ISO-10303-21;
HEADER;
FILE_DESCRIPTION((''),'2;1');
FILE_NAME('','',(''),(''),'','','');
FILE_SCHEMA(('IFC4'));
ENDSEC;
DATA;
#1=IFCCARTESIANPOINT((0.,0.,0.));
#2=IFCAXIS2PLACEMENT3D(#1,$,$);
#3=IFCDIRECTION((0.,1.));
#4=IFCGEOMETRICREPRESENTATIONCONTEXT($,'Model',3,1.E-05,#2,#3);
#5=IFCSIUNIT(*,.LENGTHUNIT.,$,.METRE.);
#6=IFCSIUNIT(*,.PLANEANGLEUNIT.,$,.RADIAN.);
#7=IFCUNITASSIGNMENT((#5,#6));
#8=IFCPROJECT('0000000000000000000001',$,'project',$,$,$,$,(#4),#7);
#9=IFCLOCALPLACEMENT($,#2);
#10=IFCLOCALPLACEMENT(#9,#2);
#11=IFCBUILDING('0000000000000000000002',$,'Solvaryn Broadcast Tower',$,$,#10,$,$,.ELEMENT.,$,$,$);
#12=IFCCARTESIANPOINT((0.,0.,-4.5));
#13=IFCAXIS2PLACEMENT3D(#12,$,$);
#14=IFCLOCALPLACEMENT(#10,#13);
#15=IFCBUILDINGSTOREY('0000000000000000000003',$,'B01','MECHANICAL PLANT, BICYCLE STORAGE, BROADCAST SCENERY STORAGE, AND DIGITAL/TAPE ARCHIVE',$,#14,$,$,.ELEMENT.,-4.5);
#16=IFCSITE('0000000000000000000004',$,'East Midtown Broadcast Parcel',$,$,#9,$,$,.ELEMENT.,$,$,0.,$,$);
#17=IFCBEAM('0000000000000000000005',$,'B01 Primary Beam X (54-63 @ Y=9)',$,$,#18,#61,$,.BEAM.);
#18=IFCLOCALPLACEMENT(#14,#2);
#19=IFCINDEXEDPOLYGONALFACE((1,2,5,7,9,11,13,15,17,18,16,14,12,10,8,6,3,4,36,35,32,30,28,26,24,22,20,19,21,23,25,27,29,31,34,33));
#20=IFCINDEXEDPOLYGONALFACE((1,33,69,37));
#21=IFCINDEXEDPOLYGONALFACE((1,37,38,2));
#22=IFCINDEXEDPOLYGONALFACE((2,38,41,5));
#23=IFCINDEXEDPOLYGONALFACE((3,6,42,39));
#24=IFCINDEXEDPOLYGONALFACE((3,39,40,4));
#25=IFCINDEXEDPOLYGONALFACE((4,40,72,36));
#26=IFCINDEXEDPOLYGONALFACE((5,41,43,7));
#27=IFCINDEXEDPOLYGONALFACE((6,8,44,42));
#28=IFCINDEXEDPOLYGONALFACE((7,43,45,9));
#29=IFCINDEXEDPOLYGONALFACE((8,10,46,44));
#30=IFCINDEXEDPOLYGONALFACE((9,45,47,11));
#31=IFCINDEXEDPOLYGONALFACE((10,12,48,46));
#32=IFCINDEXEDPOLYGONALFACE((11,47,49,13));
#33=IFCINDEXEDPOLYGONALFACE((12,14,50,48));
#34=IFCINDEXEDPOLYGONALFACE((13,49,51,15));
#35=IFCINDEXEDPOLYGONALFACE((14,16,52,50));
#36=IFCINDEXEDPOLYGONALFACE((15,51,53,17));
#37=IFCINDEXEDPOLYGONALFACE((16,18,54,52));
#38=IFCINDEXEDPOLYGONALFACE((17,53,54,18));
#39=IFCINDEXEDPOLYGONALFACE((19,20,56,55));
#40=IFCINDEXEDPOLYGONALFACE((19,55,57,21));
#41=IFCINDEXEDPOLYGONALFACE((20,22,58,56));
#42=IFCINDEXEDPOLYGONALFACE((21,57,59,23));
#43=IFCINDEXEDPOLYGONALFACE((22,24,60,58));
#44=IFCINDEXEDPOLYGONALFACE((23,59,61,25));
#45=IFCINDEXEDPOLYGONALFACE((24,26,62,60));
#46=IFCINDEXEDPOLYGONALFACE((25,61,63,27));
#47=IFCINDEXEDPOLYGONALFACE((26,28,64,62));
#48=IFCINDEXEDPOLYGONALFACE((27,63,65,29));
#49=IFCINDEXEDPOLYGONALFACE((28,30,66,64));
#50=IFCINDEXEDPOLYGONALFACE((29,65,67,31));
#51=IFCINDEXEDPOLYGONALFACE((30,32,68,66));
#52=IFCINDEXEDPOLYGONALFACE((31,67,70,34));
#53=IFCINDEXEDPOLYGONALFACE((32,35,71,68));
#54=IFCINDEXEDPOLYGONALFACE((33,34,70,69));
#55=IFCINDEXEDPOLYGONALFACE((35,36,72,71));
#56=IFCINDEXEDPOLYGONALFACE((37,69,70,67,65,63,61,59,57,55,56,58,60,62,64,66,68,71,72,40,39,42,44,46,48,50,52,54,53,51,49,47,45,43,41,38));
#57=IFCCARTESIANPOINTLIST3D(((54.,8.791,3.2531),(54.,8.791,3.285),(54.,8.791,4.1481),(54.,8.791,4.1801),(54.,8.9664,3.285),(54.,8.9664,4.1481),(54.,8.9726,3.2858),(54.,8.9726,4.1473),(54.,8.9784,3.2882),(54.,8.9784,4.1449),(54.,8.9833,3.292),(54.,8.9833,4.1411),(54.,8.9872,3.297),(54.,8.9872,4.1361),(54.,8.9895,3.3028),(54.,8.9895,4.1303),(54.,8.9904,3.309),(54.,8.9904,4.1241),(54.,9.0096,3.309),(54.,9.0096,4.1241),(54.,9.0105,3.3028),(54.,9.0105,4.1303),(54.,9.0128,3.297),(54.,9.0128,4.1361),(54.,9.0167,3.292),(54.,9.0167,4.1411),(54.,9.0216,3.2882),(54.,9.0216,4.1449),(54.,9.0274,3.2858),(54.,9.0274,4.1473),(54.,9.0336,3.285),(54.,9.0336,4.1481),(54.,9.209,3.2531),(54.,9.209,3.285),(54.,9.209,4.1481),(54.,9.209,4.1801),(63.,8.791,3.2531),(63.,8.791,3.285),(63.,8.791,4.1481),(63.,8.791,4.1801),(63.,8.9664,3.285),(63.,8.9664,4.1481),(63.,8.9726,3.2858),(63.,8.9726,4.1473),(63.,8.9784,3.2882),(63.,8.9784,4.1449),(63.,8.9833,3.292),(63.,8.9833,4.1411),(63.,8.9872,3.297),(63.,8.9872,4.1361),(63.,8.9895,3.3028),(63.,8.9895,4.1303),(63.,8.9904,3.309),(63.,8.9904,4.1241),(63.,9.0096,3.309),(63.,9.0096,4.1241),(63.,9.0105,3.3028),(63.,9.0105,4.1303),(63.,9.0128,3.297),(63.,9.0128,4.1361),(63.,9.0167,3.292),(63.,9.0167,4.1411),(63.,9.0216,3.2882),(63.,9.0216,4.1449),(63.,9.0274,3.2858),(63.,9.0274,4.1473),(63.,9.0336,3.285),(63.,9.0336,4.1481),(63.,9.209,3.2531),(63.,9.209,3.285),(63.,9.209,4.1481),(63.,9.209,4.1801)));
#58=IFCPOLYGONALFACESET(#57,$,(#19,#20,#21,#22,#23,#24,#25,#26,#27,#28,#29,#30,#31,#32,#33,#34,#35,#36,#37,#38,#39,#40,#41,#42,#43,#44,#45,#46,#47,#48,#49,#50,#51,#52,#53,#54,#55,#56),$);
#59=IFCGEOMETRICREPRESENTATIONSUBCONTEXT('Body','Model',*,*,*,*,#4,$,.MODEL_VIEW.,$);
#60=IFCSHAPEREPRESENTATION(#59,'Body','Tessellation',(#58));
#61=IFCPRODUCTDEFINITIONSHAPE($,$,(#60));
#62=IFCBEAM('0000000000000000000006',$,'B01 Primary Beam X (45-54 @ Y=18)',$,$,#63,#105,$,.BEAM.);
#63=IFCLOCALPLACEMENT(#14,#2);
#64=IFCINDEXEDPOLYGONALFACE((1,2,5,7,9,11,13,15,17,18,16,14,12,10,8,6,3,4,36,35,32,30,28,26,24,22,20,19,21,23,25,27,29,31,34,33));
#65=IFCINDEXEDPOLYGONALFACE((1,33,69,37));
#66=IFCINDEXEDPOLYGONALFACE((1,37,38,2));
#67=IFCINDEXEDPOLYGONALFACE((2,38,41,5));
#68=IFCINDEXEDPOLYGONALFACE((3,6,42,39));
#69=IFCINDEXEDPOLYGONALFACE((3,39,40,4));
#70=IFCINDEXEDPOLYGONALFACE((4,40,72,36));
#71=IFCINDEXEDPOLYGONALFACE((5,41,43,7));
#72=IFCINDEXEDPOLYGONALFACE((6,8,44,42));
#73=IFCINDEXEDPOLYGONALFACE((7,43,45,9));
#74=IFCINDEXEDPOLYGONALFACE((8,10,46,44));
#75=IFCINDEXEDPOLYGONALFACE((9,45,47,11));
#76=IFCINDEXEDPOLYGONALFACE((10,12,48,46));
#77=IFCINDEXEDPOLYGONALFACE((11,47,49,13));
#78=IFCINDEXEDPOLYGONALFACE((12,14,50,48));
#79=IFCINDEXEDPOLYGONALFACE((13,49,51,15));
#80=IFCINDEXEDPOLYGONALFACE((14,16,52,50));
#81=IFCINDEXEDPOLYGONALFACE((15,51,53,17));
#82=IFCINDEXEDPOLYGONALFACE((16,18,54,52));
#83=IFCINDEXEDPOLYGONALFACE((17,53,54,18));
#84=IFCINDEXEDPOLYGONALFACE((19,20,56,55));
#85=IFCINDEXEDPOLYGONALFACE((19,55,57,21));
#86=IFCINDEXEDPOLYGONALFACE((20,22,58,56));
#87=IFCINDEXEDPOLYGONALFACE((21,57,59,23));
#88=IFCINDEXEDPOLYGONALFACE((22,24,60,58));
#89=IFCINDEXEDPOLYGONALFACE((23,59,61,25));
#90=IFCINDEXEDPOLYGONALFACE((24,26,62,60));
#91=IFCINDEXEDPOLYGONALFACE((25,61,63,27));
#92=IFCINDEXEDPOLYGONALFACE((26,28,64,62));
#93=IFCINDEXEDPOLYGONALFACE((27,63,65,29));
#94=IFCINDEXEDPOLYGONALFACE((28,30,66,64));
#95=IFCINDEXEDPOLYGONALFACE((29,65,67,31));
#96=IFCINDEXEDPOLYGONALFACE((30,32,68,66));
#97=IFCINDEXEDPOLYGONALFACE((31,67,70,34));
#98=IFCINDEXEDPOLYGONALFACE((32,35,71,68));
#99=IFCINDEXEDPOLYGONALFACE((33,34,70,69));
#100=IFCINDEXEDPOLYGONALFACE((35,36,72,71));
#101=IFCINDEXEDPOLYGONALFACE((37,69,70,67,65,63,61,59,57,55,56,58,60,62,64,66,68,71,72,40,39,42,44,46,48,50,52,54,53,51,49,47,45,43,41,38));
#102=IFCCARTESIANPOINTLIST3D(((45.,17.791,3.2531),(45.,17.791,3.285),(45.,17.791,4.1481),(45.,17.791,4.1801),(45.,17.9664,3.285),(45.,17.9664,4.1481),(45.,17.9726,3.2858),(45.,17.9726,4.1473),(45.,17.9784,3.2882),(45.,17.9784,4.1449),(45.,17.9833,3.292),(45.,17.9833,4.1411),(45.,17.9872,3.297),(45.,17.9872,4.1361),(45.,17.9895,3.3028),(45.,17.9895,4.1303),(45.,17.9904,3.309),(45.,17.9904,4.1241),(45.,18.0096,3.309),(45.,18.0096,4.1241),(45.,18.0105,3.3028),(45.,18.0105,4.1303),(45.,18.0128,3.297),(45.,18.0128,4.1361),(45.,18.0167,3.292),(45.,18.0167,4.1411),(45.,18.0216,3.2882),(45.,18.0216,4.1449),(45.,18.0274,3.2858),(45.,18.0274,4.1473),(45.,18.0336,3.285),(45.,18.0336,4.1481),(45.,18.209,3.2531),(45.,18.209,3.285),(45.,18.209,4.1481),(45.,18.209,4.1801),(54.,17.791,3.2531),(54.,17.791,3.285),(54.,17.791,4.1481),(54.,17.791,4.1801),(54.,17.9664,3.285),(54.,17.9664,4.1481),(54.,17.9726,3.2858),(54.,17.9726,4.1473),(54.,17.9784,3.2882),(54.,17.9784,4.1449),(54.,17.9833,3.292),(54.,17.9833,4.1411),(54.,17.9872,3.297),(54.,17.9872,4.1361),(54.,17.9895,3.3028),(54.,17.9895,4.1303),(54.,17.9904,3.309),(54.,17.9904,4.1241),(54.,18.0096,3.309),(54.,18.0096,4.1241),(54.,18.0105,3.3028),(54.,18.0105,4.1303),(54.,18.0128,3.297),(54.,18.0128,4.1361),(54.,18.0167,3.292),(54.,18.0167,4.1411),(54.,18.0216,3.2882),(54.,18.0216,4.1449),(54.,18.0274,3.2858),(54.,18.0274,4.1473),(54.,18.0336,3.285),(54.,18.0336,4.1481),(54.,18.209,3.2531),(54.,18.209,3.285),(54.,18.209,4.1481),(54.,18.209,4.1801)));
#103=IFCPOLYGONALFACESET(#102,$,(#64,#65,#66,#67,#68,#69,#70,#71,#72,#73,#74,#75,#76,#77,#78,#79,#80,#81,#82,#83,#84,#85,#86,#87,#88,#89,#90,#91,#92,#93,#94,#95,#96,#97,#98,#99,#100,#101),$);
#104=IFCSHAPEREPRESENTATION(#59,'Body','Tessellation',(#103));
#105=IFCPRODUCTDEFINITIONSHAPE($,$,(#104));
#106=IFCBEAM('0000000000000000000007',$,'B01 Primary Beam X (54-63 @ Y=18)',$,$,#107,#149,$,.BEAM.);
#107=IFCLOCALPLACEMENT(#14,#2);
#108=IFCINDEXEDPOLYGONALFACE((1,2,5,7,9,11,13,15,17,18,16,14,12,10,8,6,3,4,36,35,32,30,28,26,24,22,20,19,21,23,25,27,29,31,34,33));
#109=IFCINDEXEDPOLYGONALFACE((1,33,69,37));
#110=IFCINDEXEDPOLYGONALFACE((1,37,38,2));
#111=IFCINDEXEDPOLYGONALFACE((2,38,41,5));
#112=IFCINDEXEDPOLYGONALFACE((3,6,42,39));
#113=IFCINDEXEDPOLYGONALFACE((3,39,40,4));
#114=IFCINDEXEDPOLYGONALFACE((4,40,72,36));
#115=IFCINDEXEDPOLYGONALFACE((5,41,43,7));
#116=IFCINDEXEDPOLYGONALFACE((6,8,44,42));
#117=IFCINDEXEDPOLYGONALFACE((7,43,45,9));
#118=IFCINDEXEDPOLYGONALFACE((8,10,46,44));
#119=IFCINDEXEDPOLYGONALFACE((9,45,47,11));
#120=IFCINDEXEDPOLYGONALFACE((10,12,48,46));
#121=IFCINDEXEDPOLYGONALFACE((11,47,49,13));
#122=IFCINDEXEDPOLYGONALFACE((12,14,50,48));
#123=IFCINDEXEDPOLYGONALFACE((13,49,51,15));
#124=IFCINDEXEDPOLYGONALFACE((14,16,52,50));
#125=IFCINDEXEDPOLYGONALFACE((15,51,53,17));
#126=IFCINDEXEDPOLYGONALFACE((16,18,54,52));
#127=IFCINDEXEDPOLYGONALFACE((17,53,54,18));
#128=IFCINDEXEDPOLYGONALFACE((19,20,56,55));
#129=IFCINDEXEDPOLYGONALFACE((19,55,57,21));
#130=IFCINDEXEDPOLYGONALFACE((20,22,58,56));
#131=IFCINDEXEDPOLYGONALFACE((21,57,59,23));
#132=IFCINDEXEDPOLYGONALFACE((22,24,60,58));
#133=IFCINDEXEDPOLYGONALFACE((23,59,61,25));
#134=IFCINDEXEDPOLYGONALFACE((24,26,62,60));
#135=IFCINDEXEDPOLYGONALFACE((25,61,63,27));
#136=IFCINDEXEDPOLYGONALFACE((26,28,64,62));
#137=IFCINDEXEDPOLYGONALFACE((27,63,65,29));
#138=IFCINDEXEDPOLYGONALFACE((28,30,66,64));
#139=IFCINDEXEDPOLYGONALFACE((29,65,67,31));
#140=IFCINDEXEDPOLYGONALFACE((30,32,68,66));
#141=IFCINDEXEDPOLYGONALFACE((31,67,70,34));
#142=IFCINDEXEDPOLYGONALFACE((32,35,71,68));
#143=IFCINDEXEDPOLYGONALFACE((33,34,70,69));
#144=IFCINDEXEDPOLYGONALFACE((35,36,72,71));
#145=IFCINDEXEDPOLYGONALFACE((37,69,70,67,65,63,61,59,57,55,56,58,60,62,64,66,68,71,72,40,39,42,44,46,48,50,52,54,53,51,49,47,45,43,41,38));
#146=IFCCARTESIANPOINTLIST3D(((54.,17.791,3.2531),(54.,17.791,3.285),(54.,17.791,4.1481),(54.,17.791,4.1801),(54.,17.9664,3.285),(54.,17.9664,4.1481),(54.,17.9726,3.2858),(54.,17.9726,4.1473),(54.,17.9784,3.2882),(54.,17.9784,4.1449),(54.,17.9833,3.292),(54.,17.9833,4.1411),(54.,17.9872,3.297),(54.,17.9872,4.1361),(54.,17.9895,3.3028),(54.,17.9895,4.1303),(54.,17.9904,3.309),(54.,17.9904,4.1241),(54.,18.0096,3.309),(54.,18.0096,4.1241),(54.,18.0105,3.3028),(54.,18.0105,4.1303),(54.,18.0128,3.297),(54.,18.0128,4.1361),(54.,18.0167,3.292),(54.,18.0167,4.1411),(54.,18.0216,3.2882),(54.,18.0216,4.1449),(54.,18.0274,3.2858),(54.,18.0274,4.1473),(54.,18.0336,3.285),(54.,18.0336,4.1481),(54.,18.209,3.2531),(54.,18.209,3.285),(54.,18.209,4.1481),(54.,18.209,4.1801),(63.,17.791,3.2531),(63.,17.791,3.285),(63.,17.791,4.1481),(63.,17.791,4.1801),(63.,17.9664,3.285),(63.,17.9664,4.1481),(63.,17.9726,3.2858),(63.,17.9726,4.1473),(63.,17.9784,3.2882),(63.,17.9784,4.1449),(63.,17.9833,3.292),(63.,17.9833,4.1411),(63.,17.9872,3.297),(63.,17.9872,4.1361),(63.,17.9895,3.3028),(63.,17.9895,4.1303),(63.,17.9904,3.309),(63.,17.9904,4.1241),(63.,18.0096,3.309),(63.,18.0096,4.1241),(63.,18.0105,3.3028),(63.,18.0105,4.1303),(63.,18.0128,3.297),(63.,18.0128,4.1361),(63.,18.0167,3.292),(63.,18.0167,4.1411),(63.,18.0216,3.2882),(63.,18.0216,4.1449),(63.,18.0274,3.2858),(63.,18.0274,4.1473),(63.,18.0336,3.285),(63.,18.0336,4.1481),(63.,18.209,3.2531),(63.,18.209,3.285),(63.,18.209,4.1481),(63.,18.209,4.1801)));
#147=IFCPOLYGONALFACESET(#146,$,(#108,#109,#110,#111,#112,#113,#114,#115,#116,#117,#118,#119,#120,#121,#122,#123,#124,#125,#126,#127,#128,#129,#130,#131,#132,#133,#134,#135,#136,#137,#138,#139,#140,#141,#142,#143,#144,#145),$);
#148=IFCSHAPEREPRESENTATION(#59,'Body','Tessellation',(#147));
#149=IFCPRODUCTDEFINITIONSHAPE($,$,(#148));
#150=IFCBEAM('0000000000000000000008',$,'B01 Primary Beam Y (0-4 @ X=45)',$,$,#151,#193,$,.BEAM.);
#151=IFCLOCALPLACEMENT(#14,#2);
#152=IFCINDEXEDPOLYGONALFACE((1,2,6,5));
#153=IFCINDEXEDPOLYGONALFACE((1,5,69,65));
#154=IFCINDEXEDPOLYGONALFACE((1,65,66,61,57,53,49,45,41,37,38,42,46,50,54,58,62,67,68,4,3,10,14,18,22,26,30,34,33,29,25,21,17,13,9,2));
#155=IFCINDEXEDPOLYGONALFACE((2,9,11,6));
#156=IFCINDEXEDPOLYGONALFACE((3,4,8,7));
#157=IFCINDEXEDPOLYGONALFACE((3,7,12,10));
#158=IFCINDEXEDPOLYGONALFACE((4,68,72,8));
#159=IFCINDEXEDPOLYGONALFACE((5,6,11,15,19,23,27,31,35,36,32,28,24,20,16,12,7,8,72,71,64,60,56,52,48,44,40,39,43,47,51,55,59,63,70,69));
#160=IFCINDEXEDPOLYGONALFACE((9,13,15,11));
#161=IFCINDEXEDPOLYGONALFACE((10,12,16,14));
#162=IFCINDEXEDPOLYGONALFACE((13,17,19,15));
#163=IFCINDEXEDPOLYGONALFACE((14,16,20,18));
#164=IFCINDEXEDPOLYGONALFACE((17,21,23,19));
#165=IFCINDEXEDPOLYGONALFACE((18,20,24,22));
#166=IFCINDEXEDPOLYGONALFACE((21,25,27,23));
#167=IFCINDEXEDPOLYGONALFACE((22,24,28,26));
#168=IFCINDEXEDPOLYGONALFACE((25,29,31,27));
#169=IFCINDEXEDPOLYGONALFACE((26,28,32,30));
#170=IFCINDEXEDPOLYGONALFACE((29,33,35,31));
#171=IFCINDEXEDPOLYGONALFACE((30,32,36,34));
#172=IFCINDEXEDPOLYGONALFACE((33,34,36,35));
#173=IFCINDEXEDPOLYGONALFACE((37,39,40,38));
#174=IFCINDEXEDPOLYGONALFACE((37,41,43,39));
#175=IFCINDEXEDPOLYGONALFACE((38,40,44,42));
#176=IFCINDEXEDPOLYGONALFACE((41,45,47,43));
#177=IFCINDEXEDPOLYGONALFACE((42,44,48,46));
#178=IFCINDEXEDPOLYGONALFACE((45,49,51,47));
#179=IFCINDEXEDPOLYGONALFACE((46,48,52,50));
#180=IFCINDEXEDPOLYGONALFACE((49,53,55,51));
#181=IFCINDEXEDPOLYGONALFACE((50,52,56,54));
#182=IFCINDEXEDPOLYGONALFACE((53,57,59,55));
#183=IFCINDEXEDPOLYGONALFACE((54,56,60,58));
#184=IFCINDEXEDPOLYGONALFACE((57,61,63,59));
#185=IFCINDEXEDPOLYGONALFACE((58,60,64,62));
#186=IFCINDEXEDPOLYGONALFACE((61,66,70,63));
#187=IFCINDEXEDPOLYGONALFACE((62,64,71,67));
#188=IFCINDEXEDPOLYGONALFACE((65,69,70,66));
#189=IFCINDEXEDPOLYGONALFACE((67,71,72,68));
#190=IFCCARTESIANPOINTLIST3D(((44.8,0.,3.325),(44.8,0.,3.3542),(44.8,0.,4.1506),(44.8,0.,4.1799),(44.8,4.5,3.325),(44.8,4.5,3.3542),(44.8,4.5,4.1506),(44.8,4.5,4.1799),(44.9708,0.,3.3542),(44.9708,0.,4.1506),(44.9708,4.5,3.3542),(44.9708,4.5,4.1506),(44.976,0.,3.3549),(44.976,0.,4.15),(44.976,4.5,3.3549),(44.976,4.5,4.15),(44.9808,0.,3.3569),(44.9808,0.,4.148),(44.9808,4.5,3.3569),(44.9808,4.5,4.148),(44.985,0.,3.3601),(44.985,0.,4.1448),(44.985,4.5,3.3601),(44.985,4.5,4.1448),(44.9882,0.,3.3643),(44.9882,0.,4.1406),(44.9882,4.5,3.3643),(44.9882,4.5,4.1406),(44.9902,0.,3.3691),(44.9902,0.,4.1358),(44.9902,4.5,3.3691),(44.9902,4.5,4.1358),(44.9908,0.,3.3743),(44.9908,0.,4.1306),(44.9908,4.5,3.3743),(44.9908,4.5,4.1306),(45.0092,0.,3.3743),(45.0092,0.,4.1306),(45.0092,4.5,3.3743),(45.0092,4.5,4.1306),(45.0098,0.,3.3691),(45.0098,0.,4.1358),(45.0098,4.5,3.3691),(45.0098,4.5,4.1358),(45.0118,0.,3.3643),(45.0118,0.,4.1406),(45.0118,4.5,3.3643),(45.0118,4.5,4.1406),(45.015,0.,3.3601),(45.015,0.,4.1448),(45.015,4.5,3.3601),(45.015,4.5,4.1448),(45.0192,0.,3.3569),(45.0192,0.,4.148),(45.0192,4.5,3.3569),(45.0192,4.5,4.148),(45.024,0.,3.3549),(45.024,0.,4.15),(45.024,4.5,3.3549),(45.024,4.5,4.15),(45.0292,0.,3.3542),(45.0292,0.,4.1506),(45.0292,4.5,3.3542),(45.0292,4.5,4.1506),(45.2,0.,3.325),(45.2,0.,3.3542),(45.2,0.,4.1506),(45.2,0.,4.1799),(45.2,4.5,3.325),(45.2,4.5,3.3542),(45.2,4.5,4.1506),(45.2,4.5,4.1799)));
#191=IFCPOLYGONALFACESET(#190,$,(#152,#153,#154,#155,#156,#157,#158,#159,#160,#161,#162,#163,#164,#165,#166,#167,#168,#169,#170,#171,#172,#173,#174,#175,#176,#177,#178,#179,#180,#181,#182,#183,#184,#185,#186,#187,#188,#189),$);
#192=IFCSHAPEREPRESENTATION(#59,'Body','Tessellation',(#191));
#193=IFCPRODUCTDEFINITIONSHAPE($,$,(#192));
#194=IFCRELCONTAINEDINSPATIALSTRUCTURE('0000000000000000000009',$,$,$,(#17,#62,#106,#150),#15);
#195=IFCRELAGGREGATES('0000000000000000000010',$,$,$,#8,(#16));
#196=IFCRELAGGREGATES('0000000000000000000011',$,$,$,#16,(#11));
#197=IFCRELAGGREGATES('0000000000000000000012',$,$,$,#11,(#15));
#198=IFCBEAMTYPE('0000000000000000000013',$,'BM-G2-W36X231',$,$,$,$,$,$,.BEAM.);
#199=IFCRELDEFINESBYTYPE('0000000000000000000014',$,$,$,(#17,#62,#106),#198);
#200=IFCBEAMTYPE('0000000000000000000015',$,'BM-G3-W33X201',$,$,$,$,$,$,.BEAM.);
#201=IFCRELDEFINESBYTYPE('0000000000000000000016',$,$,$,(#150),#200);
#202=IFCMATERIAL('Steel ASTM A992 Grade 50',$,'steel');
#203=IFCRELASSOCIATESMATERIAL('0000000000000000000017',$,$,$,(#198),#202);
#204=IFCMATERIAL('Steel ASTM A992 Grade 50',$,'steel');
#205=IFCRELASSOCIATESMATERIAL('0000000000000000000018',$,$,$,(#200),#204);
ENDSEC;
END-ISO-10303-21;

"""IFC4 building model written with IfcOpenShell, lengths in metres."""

from ifc_helpers import new_model, si_unit, direction, frame, origin, origin_2d, place, context, subcontext, project, spatial, i_section, extrude, material, material_profile, profile_set, type_object, element, save


model = new_model("IFC4")

# Units and contexts
model_context = context("Model", 3, precision=1e-05, world=origin(), true_north=direction((0.0, 1.0)))
body_context = subcontext(model_context, "Body", "Model", "MODEL_VIEW")
ifc_project = project(units=[si_unit("LENGTHUNIT", "METRE"), si_unit("PLANEANGLEUNIT", "RADIAN")], contexts=[model_context])

# Site, building, storey
site_placement = place(None, origin())
site = spatial("IfcSite", under=ifc_project, at=site_placement, Name="East Midtown Broadcast Parcel", CompositionType="ELEMENT", RefElevation=0.0)
building_placement = place(site_placement, origin())
building = spatial("IfcBuilding", under=site, at=building_placement, Name="Solvaryn Broadcast Tower", CompositionType="ELEMENT")
storey_placement = place(building_placement, frame((0.0, 0.0, -4.5)))
storey = spatial("IfcBuildingStorey", under=building, at=storey_placement, Name="B01", Description="MECHANICAL PLANT, BICYCLE STORAGE, BROADCAST SCENERY STORAGE, AND DIGITAL/TAPE ARCHIVE", CompositionType="ELEMENT", Elevation=-4.5)

# Beams
ifc_material_1 = material(Name="Steel ASTM A992 Grade 50", Category="steel")
ifc_material_profile_1 = material_profile(ifc_material_1, i_section(OverallWidth=0.418, OverallDepth=0.927, WebThickness=0.0193, FlangeThickness=0.032, FilletRadius=0.0239, at=origin_2d()))
ifc_profile_set_1 = profile_set([ifc_material_profile_1], Name="Steel ASTM A992 Grade 50")
beam_type_1 = type_object("IfcBeamType", Name="BM-G2-W36X231", PredefinedType="BEAM", material=ifc_profile_set_1)
for number, where, z_axis, x_axis, name in (
    (1, (54.0, 9.0, 3.7166), (1.0, 0.0, 0.0), (0.0, 1.0, 0.0), "B01 Primary Beam X (54-63 @ Y=9)"),
    (2, (45.0, 18.0, 3.7166), (1.0, 0.0, 0.0), (0.0, 1.0, 0.0), "B01 Primary Beam X (45-54 @ Y=18)"),
    (3, (54.0, 18.0, 3.7166), (1.0, 0.0, 0.0), (0.0, 1.0, 0.0), "B01 Primary Beam X (54-63 @ Y=18)"),
):
    element("IfcBeam", number, at=place(storey_placement, frame(where, z_axis=z_axis, x_axis=x_axis)), inside=storey, type_object=beam_type_1, Name=name, PredefinedType="BEAM", context=body_context, shape_type="SweptSolid", body=[
        extrude(i_section(OverallWidth=0.418, OverallDepth=0.927, WebThickness=0.0193, FlangeThickness=0.032, FilletRadius=0.0239, at=origin_2d()), origin(), (0.0, 0.0, 1.0), 9.0),
    ])
ifc_material_2 = material(Name="Steel ASTM A992 Grade 50", Category="steel")
ifc_material_profile_2 = material_profile(ifc_material_2, i_section(OverallWidth=0.3999, OverallDepth=0.855, WebThickness=0.0183, FlangeThickness=0.0293, FilletRadius=0.02, at=origin_2d()))
ifc_profile_set_2 = profile_set([ifc_material_profile_2], Name="Steel ASTM A992 Grade 50")
beam_type_2 = type_object("IfcBeamType", Name="BM-G3-W33X201", PredefinedType="BEAM", material=ifc_profile_set_2)
for number, where, z_axis, x_axis, name in (
    (4, (45.0, 0.0, 3.7524), (0.0, 1.0, 0.0), (-1.0, 0.0, 0.0), "B01 Primary Beam Y (0-4 @ X=45)"),
):
    element("IfcBeam", number, at=place(storey_placement, frame(where, z_axis=z_axis, x_axis=x_axis)), inside=storey, type_object=beam_type_2, Name=name, PredefinedType="BEAM", context=body_context, shape_type="SweptSolid", body=[
        extrude(i_section(OverallWidth=0.3999, OverallDepth=0.855, WebThickness=0.0183, FlangeThickness=0.0293, FilletRadius=0.02, at=origin_2d()), origin(), (0.0, 0.0, 1.0), 4.5),
    ])

save(model, "model.ifc")
